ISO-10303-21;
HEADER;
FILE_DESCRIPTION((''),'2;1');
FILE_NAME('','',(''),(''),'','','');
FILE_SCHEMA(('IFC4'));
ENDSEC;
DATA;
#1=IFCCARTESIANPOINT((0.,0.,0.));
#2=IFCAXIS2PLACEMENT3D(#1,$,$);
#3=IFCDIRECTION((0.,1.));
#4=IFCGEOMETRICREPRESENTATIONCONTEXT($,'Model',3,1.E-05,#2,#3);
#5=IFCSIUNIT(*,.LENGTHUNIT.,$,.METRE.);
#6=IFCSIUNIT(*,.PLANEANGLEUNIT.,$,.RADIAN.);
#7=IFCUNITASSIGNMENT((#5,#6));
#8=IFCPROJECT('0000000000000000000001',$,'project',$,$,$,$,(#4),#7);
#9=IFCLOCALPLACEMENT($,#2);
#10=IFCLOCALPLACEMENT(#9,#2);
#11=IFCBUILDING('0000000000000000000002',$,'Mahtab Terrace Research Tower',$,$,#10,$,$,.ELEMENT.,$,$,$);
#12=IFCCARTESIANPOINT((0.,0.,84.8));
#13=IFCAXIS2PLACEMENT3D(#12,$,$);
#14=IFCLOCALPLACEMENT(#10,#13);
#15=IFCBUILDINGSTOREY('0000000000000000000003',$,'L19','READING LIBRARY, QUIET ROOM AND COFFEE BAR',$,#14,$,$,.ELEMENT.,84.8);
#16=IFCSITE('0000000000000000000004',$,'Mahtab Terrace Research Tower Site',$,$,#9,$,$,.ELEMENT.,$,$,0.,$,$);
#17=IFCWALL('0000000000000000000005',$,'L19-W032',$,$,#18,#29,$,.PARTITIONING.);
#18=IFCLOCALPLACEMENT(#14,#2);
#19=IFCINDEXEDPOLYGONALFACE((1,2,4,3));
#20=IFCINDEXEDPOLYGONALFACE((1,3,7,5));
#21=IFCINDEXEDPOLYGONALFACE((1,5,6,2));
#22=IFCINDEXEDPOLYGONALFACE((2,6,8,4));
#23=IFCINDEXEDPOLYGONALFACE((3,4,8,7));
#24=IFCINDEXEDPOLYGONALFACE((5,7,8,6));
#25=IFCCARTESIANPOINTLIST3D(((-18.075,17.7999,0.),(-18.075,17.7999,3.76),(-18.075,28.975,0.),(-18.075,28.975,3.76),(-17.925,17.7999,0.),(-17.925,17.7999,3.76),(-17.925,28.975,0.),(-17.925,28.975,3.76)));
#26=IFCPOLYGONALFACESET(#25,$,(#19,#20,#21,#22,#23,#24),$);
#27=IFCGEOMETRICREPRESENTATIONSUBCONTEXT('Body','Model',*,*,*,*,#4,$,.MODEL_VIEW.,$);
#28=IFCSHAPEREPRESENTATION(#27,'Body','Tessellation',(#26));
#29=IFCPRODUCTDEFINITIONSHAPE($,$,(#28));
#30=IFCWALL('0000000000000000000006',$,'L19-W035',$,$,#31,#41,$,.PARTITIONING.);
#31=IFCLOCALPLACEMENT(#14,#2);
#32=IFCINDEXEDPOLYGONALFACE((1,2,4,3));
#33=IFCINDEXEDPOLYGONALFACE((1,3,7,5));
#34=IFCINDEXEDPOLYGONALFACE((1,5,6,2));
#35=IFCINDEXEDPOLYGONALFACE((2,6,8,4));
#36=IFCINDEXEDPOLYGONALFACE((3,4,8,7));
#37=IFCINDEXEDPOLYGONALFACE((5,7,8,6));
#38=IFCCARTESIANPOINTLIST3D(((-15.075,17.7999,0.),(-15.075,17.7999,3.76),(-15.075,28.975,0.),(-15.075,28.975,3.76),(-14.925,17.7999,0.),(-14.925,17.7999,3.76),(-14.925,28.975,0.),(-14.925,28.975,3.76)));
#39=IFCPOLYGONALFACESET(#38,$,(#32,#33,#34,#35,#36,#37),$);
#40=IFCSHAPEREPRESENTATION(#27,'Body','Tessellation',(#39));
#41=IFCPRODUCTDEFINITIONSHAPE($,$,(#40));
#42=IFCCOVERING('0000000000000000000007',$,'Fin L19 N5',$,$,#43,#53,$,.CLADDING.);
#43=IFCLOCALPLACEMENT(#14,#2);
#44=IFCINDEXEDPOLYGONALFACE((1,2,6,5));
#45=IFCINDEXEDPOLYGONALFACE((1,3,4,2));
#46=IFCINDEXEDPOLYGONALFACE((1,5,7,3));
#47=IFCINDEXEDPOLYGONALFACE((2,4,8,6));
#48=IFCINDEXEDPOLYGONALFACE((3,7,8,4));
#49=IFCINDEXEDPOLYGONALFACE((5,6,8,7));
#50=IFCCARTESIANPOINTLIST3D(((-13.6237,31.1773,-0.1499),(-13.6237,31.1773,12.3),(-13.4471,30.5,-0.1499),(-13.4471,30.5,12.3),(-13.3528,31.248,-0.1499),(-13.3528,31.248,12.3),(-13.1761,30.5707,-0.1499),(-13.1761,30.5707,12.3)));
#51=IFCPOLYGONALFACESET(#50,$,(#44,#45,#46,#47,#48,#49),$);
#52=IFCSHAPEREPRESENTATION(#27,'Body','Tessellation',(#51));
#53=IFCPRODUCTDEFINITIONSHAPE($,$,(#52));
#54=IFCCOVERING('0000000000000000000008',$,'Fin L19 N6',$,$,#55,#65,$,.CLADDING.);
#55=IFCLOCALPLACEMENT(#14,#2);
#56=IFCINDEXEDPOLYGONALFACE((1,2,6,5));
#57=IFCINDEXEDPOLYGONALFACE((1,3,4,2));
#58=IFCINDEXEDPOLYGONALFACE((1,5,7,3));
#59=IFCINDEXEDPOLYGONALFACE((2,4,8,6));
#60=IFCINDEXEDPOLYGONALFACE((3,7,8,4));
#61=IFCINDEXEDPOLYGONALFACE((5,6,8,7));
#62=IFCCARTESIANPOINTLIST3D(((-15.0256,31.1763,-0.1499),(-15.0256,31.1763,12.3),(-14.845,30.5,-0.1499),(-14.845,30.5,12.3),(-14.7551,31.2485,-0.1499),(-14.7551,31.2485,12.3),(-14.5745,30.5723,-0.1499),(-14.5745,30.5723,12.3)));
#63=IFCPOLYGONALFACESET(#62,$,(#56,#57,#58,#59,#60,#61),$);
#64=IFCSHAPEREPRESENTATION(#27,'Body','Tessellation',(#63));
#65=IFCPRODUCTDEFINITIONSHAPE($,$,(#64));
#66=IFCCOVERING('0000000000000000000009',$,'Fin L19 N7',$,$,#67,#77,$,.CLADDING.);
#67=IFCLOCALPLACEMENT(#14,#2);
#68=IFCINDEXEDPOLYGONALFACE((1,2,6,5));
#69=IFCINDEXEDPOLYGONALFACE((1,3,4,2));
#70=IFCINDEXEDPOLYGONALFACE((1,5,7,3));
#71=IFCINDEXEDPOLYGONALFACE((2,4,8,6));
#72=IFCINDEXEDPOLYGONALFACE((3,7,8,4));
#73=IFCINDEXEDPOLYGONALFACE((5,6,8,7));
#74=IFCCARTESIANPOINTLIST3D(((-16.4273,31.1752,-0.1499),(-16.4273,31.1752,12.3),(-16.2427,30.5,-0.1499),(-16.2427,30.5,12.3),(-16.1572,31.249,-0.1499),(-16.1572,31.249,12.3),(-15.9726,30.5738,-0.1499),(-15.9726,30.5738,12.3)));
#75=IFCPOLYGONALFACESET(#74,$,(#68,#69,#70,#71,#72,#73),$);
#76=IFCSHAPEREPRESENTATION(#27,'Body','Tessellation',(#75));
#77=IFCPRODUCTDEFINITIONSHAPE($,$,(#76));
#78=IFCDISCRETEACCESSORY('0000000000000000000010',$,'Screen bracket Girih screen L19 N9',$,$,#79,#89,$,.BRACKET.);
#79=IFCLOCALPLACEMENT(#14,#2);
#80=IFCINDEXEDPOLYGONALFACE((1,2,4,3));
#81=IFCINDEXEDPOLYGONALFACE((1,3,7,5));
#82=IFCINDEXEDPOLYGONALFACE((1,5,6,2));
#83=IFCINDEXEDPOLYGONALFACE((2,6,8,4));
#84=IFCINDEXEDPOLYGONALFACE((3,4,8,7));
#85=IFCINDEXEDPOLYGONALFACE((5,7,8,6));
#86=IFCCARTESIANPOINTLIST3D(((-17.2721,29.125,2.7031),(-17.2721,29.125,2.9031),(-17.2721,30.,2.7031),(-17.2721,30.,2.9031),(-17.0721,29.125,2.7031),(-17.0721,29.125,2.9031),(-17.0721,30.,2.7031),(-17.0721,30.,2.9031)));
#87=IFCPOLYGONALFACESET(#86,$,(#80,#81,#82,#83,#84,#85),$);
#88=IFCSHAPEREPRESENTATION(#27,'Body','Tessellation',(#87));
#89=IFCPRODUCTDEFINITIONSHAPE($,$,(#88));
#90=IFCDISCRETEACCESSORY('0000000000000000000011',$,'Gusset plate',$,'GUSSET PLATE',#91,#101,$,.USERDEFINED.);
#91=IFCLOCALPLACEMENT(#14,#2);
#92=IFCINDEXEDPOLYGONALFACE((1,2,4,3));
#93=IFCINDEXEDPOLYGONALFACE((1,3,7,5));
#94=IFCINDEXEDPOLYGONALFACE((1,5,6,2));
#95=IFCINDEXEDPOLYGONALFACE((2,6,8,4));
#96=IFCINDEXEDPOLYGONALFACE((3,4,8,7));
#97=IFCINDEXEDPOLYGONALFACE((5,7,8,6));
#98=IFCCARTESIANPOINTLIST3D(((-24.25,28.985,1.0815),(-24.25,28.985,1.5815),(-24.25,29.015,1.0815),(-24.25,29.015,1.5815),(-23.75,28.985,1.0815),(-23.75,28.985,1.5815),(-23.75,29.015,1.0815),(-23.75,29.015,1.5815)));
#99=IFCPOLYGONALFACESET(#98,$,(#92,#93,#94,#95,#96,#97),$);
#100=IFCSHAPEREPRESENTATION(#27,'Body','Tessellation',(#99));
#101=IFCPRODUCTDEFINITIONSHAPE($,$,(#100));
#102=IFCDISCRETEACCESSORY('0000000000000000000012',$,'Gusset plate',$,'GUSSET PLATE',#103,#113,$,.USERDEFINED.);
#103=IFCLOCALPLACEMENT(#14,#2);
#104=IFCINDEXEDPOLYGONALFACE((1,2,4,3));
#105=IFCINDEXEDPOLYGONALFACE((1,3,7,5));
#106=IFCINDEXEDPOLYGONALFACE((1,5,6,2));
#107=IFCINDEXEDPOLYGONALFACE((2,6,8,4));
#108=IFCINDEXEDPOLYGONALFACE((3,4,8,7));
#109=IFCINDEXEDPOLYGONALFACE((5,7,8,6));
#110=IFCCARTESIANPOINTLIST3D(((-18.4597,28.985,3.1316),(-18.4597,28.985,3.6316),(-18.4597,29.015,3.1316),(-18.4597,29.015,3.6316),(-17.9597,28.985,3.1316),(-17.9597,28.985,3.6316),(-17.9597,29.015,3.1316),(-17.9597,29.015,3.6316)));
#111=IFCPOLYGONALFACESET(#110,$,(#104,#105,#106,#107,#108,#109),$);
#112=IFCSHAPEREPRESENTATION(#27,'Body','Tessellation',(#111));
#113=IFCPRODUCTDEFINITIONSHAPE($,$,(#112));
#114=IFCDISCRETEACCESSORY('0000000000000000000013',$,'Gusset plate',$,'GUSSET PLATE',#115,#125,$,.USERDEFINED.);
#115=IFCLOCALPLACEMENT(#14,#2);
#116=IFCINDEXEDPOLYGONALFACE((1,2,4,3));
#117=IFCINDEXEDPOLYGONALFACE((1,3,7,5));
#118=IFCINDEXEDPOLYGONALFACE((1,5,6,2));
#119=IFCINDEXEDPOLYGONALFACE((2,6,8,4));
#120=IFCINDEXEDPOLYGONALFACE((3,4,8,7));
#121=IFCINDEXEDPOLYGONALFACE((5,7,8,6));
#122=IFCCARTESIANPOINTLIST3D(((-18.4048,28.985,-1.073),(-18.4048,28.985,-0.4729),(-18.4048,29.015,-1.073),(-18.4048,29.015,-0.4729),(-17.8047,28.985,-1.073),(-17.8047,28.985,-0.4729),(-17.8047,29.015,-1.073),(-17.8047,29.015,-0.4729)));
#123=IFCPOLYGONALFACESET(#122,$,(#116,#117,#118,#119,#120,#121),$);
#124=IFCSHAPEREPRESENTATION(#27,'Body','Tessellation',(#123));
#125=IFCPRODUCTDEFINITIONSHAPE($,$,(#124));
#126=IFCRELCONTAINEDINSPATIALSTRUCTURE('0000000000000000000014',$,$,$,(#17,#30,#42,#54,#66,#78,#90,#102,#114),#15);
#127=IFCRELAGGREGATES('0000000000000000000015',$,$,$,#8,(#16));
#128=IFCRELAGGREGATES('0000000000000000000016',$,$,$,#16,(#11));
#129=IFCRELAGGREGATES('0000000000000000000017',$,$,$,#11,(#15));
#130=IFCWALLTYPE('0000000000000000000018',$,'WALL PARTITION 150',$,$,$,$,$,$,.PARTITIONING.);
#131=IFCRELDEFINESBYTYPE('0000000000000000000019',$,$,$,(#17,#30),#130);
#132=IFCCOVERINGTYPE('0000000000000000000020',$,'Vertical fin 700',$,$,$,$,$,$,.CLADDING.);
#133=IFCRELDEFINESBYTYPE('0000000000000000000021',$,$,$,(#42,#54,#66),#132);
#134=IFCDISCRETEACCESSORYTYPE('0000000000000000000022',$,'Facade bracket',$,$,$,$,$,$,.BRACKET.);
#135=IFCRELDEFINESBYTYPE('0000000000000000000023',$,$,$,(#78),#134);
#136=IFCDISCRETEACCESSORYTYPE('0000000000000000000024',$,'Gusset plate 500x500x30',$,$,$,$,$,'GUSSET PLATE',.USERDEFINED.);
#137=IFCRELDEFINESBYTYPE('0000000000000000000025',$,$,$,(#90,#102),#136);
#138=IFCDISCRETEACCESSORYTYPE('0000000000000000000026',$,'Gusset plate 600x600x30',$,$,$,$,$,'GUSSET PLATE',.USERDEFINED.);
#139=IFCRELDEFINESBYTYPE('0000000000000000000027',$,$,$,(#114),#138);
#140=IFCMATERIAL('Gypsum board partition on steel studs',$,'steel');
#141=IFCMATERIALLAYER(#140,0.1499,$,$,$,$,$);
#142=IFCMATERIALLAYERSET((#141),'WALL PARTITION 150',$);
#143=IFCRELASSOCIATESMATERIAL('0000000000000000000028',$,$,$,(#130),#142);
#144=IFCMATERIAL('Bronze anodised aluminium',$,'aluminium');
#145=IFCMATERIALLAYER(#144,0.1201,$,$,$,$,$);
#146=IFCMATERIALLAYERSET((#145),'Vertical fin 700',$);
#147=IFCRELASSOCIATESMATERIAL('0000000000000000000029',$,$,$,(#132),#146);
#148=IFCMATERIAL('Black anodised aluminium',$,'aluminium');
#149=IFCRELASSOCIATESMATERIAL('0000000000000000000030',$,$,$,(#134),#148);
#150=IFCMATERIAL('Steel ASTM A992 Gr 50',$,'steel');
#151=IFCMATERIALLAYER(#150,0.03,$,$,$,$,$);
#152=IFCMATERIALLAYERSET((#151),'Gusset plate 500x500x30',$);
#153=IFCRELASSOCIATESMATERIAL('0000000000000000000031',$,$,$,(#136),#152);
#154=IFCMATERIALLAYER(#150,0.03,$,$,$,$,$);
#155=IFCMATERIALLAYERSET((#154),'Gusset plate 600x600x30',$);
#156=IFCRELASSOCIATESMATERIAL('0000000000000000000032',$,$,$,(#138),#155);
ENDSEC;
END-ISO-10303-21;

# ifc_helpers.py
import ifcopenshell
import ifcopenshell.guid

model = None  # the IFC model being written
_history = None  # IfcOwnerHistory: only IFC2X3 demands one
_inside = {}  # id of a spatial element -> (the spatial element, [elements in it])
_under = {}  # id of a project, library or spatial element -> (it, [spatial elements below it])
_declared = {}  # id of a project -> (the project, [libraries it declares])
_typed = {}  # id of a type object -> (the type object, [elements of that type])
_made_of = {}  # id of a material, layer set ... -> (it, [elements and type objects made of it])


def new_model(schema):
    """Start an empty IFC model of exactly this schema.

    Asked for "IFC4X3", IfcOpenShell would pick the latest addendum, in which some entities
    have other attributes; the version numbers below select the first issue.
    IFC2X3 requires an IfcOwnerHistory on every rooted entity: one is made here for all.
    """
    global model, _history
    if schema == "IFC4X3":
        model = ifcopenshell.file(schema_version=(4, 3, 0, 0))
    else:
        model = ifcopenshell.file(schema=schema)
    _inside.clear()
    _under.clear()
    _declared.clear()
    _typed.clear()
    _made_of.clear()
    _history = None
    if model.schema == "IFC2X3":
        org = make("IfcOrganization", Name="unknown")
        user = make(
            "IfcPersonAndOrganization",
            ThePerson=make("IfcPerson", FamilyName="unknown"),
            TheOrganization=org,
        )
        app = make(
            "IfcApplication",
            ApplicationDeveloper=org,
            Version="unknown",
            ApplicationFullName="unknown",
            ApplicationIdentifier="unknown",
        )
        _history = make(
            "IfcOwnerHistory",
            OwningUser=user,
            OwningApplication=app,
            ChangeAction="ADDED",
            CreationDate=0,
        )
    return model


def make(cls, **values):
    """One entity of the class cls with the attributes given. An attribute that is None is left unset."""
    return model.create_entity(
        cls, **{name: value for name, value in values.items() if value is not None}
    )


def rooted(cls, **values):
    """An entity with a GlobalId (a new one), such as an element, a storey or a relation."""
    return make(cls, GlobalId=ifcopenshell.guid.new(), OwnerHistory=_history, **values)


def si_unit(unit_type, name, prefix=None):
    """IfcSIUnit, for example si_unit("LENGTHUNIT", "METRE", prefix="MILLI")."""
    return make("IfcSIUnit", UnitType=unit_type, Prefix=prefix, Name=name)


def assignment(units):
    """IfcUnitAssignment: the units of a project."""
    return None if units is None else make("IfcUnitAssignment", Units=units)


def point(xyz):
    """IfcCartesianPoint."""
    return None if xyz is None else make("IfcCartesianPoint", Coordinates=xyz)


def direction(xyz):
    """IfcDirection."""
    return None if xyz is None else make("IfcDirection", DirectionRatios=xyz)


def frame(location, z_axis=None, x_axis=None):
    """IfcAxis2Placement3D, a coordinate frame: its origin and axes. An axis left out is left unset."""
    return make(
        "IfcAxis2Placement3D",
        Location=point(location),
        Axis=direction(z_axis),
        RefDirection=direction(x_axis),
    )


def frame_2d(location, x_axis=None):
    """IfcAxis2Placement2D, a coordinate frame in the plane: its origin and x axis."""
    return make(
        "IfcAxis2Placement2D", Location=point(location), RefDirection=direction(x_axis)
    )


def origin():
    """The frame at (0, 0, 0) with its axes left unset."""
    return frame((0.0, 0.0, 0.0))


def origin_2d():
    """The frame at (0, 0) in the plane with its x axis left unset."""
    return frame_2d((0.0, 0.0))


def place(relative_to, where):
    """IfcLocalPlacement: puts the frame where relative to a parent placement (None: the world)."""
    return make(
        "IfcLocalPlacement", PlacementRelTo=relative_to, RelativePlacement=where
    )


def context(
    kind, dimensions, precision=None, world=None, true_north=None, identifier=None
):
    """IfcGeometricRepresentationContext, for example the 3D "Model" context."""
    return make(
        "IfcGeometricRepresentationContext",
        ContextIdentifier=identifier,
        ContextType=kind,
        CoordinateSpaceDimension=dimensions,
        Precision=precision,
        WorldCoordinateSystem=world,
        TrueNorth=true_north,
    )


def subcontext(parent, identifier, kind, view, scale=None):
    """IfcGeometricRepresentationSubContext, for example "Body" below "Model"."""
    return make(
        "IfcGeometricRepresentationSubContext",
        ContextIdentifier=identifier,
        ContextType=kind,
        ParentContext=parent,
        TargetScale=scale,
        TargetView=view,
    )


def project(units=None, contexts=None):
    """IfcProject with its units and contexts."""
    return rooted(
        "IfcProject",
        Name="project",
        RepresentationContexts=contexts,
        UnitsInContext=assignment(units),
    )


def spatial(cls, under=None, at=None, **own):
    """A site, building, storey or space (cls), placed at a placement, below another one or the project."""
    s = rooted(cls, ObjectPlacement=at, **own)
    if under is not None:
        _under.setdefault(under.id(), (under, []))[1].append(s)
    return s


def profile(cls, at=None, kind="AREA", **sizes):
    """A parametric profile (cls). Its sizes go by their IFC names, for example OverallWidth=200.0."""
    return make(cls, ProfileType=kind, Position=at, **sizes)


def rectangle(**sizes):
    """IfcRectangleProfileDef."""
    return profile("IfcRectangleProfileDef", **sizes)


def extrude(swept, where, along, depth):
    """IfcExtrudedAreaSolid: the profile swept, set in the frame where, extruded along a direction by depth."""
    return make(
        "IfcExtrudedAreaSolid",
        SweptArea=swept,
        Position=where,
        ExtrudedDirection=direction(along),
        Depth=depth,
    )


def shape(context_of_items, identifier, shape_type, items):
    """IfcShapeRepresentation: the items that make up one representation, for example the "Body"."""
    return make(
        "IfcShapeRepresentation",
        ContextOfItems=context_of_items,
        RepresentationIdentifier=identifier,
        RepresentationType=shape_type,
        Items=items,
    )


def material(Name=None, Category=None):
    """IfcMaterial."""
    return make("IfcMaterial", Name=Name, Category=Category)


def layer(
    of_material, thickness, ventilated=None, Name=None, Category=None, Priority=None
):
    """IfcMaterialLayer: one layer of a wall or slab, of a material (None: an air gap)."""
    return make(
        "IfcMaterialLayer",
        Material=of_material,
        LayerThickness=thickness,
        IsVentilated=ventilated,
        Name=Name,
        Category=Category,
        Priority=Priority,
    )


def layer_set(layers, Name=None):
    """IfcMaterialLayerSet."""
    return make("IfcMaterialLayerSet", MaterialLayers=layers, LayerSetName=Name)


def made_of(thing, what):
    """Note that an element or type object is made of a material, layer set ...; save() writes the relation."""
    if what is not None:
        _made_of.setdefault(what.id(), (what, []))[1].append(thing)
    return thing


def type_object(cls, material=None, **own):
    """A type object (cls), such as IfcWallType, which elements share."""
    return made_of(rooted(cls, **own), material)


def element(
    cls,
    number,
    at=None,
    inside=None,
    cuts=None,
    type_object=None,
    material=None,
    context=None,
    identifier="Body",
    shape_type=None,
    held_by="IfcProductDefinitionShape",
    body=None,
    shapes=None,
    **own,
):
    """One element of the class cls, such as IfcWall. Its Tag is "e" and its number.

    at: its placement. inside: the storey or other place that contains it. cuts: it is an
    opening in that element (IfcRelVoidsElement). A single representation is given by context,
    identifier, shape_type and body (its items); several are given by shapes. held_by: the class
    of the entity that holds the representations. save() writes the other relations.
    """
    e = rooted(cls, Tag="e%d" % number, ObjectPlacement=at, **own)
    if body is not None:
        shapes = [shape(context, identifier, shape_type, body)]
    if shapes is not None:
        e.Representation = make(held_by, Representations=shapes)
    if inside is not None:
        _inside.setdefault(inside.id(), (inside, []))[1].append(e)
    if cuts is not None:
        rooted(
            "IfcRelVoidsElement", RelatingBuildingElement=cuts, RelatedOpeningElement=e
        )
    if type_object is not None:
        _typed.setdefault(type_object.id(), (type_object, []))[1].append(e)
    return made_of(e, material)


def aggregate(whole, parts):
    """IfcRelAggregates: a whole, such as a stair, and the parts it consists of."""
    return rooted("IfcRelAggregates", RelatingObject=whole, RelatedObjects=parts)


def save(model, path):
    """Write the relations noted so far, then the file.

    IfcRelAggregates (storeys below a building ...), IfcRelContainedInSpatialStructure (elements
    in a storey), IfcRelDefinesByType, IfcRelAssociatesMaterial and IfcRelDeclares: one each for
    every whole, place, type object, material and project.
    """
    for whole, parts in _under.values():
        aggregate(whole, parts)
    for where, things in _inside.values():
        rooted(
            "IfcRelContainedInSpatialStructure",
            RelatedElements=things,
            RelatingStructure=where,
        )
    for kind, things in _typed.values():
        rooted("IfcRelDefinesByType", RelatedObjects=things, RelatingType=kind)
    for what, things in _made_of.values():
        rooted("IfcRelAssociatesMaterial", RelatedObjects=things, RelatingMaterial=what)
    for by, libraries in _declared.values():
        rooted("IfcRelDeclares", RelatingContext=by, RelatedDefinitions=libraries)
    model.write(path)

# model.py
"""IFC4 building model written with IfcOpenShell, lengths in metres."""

from ifc_helpers import new_model, si_unit, direction, frame, frame_2d, origin, origin_2d, place, context, subcontext, project, spatial, rectangle, extrude, material, layer, layer_set, type_object, element, save


model = new_model("IFC4")

# Units and contexts
model_context = context("Model", 3, precision=1e-05, world=origin(), true_north=direction((0.0, 1.0)))
body_context = subcontext(model_context, "Body", "Model", "MODEL_VIEW")
ifc_project = project(units=[si_unit("LENGTHUNIT", "METRE"), si_unit("PLANEANGLEUNIT", "RADIAN")], contexts=[model_context])

# Site, building, storey
site_placement = place(None, origin())
site = spatial("IfcSite", under=ifc_project, at=site_placement, Name="Mahtab Terrace Research Tower Site", CompositionType="ELEMENT", RefElevation=0.0)
building_placement = place(site_placement, origin())
building = spatial("IfcBuilding", under=site, at=building_placement, Name="Mahtab Terrace Research Tower", CompositionType="ELEMENT")
storey_placement = place(building_placement, frame((0.0, 0.0, 84.8)))
storey = spatial("IfcBuildingStorey", under=building, at=storey_placement, Name="L19", Description="READING LIBRARY, QUIET ROOM AND COFFEE BAR", CompositionType="ELEMENT", Elevation=84.8)

# Shared definitions
ifc_material_1 = material(Name="Steel ASTM A992 Gr 50", Category="steel")

# Walls
ifc_material_2 = material(Name="Gypsum board partition on steel studs", Category="steel")
ifc_layer_1 = layer(ifc_material_2, 0.1499)
ifc_layer_set_1 = layer_set([ifc_layer_1], Name="WALL PARTITION 150")
wall_type_1 = type_object("IfcWallType", Name="WALL PARTITION 150", PredefinedType="PARTITIONING", material=ifc_layer_set_1)
for number, where, z_axis, x_axis, name in (
    (1, (-18.0, 17.8, 0.0), (0.0, 0.0, 1.0), (0.0, 1.0, 0.0), "L19-W032"),
    (2, (-15.0, 17.8, 0.0), (0.0, 0.0, 1.0), (0.0, 1.0, 0.0), "L19-W035"),
):
    element("IfcWall", number, at=place(storey_placement, frame(where, z_axis=z_axis, x_axis=x_axis)), inside=storey, type_object=wall_type_1, Name=name, PredefinedType="PARTITIONING", context=body_context, shape_type="SweptSolid", body=[
        extrude(rectangle(XDim=11.175, YDim=0.1499, at=frame_2d((5.5874, 0.0))), origin(), (0.0, 0.0, 1.0), 3.76),
    ])

# Coverings
ifc_material_3 = material(Name="Bronze anodised aluminium", Category="aluminium")
ifc_layer_2 = layer(ifc_material_3, 0.1201)
ifc_layer_set_2 = layer_set([ifc_layer_2], Name="Vertical fin 700")
covering_type = type_object("IfcCoveringType", Name="Vertical fin 700", PredefinedType="CLADDING", material=ifc_layer_set_2)
for number, where, z_axis, x_axis, name in (
    (3, (-13.3999, 30.874, -0.1499), (0.0, 0.0, 1.0), (-0.967625, -0.252391, 0.0), "Fin L19 N5"),
    (4, (-14.8, 30.8743, -0.1499), (0.0, 0.0, 1.0), (-0.966141, -0.258016, 0.0), "Fin L19 N6"),
    (5, (-16.2, 30.8745, -0.1499), (0.0, 0.0, 1.0), (-0.964623, -0.263633, 0.0), "Fin L19 N7"),
):
    element("IfcCovering", number, at=place(storey_placement, frame(where, z_axis=z_axis, x_axis=x_axis)), inside=storey, type_object=covering_type, Name=name, PredefinedType="CLADDING", context=body_context, shape_type="SweptSolid", body=[
        extrude(rectangle(XDim=0.28, YDim=0.7, at=origin_2d()), origin(), (0.0, 0.0, 1.0), 12.45),
    ])

# Discrete accessories
ifc_material_4 = material(Name="Black anodised aluminium", Category="aluminium")
discrete_accessory_type_1 = type_object("IfcDiscreteAccessoryType", Name="Facade bracket", PredefinedType="BRACKET", material=ifc_material_4)
discrete_accessory_1_placement = place(storey_placement, frame((-17.1721, 29.5625, 2.7031), z_axis=(0.0, 0.0, 1.0), x_axis=(-1.0, 0.0, 0.0)))
element("IfcDiscreteAccessory", 6, at=discrete_accessory_1_placement, inside=storey, type_object=discrete_accessory_type_1, Name="Screen bracket Girih screen L19 N9", PredefinedType="BRACKET", context=body_context, shape_type="SweptSolid", body=[
    extrude(rectangle(XDim=0.2, YDim=0.875, at=origin_2d()), origin(), (0.0, 0.0, 1.0), 0.2),
])
ifc_layer_3 = layer(ifc_material_1, 0.03)
ifc_layer_set_3 = layer_set([ifc_layer_3], Name="Gusset plate 500x500x30")
discrete_accessory_type_2 = type_object("IfcDiscreteAccessoryType", Name="Gusset plate 500x500x30", ElementType="GUSSET PLATE", PredefinedType="USERDEFINED", material=ifc_layer_set_3)
for number, where, z_axis, x_axis, name in (
    (7, (-24.0, 29.0, 1.0815), (0.0, 0.0, 1.0), (1.0, 0.0, 0.0), "Gusset plate"),
    (8, (-18.2097, 29.0, 3.1316), (0.0, 0.0, 1.0), (1.0, 0.0, 0.0), "Gusset plate"),
):
    element("IfcDiscreteAccessory", number, at=place(storey_placement, frame(where, z_axis=z_axis, x_axis=x_axis)), inside=storey, type_object=discrete_accessory_type_2, Name=name, ObjectType="GUSSET PLATE", PredefinedType="USERDEFINED", context=body_context, shape_type="SweptSolid", body=[
        extrude(rectangle(XDim=0.5, YDim=0.03, at=origin_2d()), origin(), (0.0, 0.0, 1.0), 0.5),
    ])
ifc_layer_4 = layer(ifc_material_1, 0.03)
ifc_layer_set_4 = layer_set([ifc_layer_4], Name="Gusset plate 600x600x30")
discrete_accessory_type_3 = type_object("IfcDiscreteAccessoryType", Name="Gusset plate 600x600x30", ElementType="GUSSET PLATE", PredefinedType="USERDEFINED", material=ifc_layer_set_4)
discrete_accessory_2_placement = place(storey_placement, frame((-18.1047, 29.0, -1.073), z_axis=(0.0, 0.0, 1.0), x_axis=(1.0, 0.0, 0.0)))
element("IfcDiscreteAccessory", 9, at=discrete_accessory_2_placement, inside=storey, type_object=discrete_accessory_type_3, Name="Gusset plate", ObjectType="GUSSET PLATE", PredefinedType="USERDEFINED", context=body_context, shape_type="SweptSolid", body=[
    extrude(rectangle(XDim=0.6001, YDim=0.03, at=origin_2d()), origin(), (0.0, 0.0, 1.0), 0.6001),
])

save(model, "model.ifc")
